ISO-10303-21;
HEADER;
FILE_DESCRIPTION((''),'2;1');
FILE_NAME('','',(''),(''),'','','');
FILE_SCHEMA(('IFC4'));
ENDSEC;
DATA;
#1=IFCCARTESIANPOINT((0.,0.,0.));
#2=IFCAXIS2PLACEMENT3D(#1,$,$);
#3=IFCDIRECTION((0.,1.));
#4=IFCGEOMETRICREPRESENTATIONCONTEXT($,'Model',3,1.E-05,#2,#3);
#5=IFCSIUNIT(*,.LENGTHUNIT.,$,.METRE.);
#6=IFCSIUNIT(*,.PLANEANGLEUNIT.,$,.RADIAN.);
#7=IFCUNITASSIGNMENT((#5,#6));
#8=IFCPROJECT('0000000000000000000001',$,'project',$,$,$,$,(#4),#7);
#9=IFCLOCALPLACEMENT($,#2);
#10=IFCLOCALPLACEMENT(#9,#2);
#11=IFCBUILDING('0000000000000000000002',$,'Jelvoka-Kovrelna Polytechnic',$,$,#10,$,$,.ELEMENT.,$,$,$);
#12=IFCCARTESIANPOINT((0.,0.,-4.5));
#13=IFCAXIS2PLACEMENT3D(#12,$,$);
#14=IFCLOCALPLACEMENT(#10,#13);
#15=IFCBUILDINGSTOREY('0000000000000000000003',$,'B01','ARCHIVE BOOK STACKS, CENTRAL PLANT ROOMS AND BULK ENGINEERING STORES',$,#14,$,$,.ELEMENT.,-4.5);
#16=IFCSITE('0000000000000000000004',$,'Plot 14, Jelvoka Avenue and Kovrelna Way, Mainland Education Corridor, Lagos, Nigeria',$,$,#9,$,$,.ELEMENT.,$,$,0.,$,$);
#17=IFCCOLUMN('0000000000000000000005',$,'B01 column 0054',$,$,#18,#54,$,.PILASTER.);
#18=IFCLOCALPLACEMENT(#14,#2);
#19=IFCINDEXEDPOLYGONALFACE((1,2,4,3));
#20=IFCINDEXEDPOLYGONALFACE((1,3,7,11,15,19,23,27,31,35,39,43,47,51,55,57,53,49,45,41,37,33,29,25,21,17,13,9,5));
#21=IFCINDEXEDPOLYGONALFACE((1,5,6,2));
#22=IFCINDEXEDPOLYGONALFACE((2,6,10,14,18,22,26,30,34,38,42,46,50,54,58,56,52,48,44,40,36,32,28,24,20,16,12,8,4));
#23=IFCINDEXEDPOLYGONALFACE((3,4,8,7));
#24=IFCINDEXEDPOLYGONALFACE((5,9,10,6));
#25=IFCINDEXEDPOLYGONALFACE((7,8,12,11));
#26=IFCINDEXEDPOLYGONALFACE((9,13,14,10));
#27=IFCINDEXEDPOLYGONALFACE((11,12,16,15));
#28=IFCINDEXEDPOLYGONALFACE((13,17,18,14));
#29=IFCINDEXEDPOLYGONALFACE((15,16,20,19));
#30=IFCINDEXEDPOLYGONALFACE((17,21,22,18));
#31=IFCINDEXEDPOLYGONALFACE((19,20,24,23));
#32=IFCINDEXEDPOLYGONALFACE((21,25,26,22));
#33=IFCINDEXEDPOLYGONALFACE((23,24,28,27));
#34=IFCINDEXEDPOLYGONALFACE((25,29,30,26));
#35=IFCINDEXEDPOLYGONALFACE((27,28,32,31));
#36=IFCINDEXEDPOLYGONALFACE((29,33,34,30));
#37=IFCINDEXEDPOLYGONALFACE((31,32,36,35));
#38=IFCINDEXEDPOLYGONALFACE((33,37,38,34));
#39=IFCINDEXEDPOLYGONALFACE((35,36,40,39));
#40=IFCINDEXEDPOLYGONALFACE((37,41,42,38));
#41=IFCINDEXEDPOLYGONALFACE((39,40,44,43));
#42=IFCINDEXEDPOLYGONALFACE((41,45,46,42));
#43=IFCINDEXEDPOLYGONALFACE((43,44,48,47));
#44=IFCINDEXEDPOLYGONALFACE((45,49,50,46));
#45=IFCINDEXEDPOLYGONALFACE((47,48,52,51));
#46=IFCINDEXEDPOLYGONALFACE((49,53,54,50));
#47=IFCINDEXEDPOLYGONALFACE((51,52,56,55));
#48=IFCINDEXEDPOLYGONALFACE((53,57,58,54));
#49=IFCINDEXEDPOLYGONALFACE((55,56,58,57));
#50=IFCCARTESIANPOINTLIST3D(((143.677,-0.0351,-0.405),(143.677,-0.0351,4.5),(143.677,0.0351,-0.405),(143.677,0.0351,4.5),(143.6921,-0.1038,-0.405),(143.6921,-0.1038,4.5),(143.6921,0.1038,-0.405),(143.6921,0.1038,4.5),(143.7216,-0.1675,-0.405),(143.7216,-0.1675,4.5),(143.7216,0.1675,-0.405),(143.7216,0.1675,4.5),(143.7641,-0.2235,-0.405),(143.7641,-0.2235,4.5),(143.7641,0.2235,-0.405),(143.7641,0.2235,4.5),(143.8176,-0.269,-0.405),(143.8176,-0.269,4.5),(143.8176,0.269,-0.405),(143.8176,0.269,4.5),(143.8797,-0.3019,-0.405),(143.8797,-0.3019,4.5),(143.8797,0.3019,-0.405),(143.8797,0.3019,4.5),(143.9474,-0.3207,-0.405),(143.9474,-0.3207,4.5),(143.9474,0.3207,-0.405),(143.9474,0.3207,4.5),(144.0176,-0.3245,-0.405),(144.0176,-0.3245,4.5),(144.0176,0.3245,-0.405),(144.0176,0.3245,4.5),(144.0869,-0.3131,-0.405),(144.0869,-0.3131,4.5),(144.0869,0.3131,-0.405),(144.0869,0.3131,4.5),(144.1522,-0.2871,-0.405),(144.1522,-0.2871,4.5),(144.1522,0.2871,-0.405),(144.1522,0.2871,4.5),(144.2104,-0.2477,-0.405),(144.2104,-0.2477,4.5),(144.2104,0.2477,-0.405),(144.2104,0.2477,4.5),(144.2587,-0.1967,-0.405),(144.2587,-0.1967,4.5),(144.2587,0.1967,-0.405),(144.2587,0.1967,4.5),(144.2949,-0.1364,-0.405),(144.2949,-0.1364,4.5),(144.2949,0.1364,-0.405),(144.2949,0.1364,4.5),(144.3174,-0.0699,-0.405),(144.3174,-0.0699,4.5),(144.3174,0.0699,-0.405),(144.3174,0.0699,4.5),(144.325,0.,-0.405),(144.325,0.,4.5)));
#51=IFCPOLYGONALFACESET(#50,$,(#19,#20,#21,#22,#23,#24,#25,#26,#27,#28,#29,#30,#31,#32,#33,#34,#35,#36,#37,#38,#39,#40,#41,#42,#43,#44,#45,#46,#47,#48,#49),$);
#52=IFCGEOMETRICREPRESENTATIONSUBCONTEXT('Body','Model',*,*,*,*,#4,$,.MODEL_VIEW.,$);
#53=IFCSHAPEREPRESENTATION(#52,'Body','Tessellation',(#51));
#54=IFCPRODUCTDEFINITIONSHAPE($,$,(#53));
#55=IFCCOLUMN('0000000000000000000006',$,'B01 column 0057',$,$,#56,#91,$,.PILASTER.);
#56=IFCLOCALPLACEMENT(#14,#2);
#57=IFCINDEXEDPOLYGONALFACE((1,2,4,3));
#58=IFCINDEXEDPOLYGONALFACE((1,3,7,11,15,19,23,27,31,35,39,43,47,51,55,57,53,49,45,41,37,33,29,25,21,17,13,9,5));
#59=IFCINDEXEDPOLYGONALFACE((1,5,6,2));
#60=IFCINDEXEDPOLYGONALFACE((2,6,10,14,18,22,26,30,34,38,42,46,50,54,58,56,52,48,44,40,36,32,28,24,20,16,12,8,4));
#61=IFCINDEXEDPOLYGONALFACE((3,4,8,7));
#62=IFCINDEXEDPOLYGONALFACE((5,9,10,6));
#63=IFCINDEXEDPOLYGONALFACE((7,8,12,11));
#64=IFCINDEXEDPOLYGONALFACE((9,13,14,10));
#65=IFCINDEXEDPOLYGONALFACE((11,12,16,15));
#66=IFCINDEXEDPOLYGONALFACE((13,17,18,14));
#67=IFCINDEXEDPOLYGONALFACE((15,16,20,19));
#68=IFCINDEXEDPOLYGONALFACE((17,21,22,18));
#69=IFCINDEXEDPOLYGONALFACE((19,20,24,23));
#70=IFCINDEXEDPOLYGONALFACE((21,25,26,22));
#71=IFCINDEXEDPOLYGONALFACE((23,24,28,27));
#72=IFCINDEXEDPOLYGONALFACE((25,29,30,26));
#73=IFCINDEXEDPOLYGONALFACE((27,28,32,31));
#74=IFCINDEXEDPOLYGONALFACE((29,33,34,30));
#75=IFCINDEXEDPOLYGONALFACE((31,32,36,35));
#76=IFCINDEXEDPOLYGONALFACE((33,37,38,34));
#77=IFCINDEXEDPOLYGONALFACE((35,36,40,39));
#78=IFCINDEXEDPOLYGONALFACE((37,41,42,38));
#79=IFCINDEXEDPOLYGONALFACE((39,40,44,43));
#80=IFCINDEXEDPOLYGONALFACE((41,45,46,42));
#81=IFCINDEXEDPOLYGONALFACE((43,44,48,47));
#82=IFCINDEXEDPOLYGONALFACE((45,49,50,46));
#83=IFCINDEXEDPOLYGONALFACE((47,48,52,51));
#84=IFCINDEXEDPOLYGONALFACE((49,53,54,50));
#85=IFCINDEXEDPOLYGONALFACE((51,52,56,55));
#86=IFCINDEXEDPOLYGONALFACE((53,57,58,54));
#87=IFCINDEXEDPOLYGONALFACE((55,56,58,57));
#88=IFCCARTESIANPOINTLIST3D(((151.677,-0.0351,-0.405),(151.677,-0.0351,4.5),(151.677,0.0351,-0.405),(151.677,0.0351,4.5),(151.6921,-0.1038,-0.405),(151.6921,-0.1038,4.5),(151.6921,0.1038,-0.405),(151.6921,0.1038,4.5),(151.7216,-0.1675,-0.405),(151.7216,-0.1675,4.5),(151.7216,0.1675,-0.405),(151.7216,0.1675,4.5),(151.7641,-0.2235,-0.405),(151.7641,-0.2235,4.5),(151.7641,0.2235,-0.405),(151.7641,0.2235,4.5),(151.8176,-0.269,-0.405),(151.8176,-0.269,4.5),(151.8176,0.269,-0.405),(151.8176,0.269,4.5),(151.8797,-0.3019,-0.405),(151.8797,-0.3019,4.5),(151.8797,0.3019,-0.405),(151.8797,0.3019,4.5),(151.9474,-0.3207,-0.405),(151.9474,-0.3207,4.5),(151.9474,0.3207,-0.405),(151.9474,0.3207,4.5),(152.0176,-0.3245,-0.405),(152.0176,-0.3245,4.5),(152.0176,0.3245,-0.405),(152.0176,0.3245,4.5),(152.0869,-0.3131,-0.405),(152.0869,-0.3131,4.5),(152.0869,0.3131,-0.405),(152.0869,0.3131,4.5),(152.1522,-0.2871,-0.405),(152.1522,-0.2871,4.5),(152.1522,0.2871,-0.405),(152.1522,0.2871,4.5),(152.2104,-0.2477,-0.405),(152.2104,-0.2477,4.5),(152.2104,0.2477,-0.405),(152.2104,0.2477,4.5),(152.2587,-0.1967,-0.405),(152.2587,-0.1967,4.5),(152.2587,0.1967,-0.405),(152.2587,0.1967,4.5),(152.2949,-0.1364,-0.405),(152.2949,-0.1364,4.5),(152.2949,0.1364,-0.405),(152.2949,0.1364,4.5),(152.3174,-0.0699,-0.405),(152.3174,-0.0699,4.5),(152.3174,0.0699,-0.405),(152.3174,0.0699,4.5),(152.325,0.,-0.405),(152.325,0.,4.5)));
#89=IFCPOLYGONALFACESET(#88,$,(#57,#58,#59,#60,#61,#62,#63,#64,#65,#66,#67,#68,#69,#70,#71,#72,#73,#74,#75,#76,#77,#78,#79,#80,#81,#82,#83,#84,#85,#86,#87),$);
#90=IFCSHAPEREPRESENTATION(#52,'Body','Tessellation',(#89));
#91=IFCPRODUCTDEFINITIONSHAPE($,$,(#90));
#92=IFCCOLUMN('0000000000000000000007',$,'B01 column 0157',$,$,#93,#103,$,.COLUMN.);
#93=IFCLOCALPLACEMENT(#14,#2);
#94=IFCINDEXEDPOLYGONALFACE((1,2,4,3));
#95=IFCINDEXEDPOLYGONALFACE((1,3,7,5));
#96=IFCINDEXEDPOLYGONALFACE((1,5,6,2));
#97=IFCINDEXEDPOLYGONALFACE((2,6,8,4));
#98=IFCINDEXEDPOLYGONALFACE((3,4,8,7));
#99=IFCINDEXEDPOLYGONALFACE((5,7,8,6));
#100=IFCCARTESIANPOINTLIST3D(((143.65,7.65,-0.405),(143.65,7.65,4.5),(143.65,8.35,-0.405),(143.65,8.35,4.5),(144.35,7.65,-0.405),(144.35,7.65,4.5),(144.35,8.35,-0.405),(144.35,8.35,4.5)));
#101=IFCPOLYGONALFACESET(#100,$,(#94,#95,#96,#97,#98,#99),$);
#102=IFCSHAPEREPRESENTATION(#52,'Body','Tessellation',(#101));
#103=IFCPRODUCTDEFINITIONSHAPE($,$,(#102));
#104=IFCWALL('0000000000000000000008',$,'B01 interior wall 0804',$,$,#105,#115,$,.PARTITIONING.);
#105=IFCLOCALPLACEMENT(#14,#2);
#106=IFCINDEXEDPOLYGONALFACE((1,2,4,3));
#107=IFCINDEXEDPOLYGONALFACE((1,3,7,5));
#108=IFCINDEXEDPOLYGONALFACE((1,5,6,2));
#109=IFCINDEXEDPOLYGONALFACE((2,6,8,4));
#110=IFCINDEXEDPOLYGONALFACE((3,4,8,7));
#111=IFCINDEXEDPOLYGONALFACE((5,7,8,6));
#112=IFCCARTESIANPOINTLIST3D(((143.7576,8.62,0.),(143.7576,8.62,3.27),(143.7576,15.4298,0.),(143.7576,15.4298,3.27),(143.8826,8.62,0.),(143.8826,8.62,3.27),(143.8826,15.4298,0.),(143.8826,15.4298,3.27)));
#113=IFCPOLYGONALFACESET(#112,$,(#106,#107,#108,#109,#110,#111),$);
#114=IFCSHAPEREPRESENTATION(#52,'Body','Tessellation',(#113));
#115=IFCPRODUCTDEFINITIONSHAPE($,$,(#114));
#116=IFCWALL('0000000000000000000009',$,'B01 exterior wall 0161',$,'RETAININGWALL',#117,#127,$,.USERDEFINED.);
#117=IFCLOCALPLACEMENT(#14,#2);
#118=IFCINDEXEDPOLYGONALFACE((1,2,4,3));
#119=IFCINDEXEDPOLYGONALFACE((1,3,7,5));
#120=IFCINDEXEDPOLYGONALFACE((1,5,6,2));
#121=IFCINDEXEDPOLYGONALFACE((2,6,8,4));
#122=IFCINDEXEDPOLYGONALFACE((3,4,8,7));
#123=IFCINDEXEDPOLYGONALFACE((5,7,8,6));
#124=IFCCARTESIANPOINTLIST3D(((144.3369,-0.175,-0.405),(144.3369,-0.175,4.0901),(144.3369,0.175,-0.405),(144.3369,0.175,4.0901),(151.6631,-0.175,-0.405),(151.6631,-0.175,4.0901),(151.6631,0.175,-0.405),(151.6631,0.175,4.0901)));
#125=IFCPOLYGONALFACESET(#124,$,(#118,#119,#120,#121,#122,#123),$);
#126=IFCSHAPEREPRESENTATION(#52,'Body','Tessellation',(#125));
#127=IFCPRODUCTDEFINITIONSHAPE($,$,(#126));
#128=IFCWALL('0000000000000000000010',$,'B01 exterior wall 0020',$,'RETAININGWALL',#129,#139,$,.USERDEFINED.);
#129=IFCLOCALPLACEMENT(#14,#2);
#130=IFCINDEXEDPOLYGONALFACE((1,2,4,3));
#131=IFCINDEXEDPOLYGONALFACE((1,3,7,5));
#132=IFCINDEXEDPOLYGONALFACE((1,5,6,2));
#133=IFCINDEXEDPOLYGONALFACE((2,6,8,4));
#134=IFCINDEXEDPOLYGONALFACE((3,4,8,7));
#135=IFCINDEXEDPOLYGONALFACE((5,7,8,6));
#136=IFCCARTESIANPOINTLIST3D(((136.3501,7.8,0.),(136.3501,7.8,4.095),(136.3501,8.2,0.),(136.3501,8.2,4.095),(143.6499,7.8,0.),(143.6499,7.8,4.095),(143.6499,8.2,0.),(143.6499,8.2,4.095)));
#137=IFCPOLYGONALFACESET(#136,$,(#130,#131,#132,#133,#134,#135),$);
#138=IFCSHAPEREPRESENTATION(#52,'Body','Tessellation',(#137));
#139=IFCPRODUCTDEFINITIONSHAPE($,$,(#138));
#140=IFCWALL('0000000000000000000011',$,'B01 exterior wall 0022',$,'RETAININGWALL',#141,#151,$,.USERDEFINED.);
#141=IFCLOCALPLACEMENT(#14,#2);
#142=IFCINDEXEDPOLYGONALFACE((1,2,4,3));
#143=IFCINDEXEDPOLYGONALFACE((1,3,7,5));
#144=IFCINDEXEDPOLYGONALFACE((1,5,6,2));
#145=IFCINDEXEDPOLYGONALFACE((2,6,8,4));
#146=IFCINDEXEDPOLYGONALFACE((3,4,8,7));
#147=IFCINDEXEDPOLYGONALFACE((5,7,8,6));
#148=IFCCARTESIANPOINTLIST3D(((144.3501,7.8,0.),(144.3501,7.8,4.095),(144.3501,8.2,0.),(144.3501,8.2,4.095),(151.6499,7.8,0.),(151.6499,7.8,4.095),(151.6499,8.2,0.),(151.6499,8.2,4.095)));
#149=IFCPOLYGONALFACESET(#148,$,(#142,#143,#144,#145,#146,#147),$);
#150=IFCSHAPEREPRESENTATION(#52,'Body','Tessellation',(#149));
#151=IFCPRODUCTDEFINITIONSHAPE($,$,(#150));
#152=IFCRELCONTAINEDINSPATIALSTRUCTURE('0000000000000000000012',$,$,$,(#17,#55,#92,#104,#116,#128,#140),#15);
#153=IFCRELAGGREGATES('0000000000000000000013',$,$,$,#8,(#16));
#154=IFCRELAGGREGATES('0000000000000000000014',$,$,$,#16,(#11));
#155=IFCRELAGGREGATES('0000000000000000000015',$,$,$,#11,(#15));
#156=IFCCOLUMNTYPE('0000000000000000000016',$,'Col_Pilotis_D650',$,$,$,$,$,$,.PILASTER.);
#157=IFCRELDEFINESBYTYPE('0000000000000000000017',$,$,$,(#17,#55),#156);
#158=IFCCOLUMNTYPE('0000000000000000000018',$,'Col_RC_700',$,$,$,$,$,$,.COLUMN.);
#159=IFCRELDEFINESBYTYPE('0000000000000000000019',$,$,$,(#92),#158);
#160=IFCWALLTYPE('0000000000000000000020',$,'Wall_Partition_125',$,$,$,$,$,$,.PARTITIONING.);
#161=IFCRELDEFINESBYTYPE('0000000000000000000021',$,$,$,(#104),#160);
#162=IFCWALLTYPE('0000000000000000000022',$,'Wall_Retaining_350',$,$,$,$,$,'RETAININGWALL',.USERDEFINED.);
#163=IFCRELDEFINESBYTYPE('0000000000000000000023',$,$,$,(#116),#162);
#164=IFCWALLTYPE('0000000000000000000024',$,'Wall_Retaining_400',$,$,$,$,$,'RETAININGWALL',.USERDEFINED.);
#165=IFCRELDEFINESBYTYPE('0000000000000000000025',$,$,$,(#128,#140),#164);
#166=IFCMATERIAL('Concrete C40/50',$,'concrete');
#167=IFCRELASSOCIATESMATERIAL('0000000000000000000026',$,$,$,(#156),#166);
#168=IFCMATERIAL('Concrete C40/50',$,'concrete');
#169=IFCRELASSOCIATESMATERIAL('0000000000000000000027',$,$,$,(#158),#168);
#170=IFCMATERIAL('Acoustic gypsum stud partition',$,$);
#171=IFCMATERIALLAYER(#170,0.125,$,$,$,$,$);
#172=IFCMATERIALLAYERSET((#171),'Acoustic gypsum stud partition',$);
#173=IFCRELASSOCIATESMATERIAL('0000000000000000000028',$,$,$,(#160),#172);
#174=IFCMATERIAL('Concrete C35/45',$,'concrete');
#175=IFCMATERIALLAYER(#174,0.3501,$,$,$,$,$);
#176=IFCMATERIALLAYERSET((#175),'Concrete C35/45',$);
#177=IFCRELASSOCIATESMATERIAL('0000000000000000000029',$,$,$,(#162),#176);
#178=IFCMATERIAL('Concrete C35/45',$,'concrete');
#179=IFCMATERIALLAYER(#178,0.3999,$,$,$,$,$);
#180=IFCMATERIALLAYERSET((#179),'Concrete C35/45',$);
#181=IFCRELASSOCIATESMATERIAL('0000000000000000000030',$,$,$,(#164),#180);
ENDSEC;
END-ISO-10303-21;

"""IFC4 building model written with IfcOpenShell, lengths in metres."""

from ifc_helpers import new_model, si_unit, direction, frame, frame_2d, origin, origin_2d, place, context, subcontext, project, spatial, rectangle, circle, extrude, material, layer, layer_set, material_profile, profile_set, type_object, element, save


model = new_model("IFC4")

# Units and contexts
model_context = context("Model", 3, precision=1e-05, world=origin(), true_north=direction((0.0, 1.0)))
body_context = subcontext(model_context, "Body", "Model", "MODEL_VIEW")
ifc_project = project(units=[si_unit("LENGTHUNIT", "METRE"), si_unit("PLANEANGLEUNIT", "RADIAN")], contexts=[model_context])

# Site, building, storey
site_placement = place(None, origin())
site = spatial("IfcSite", under=ifc_project, at=site_placement, Name="Plot 14, Jelvoka Avenue and Kovrelna Way, Mainland Education Corridor, Lagos, Nigeria", CompositionType="ELEMENT", RefElevation=0.0)
building_placement = place(site_placement, origin())
building = spatial("IfcBuilding", under=site, at=building_placement, Name="Jelvoka-Kovrelna Polytechnic", CompositionType="ELEMENT")
storey_placement = place(building_placement, frame((0.0, 0.0, -4.5)))
storey = spatial("IfcBuildingStorey", under=building, at=storey_placement, Name="B01", Description="ARCHIVE BOOK STACKS, CENTRAL PLANT ROOMS AND BULK ENGINEERING STORES", CompositionType="ELEMENT", Elevation=-4.5)

# Columns
ifc_material_1 = material(Name="Concrete C40/50", Category="concrete")
ifc_material_profile_1 = material_profile(ifc_material_1, circle(Radius=0.325, at=origin_2d()), Name="RC D650")
ifc_profile_set_1 = profile_set([ifc_material_profile_1], Name="Concrete C40/50")
column_type_1 = type_object("IfcColumnType", Name="Col_Pilotis_D650", PredefinedType="PILASTER", material=ifc_profile_set_1)
for number, where, z_axis, x_axis, name in (
    (1, (144.0, 0.0, -0.405), (0.0, 0.0, 1.0), (1.0, 0.0, 0.0), "B01 column 0054"),
    (2, (152.0, 0.0, -0.405), (0.0, 0.0, 1.0), (1.0, 0.0, 0.0), "B01 column 0057"),
):
    element("IfcColumn", number, at=place(storey_placement, frame(where, z_axis=z_axis, x_axis=x_axis)), inside=storey, type_object=column_type_1, Name=name, PredefinedType="PILASTER", context=body_context, shape_type="SweptSolid", body=[
        extrude(circle(Radius=0.325, at=origin_2d()), origin(), (0.0, 0.0, 1.0), 4.905),
    ])
ifc_material_2 = material(Name="Concrete C40/50", Category="concrete")
ifc_material_profile_2 = material_profile(ifc_material_2, rectangle(XDim=0.7, YDim=0.7, at=origin_2d()), Name="RC 700x700")
ifc_profile_set_2 = profile_set([ifc_material_profile_2], Name="Concrete C40/50")
column_type_2 = type_object("IfcColumnType", Name="Col_RC_700", PredefinedType="COLUMN", material=ifc_profile_set_2)
column_placement = place(storey_placement, frame((144.0, 8.0, -0.405), z_axis=(0.0, 0.0, 1.0), x_axis=(1.0, 0.0, 0.0)))
element("IfcColumn", 3, at=column_placement, inside=storey, type_object=column_type_2, Name="B01 column 0157", PredefinedType="COLUMN", context=body_context, shape_type="SweptSolid", body=[
    extrude(rectangle(XDim=0.7, YDim=0.7, at=origin_2d()), origin(), (0.0, 0.0, 1.0), 4.905),
])

# Walls
ifc_material_3 = material(Name="Acoustic gypsum stud partition")
ifc_layer_1 = layer(ifc_material_3, 0.125)
ifc_layer_set_1 = layer_set([ifc_layer_1], Name="Acoustic gypsum stud partition")
wall_type_1 = type_object("IfcWallType", Name="Wall_Partition_125", PredefinedType="PARTITIONING", material=ifc_layer_set_1)
wall_1_placement = place(storey_placement, frame((143.8201, 8.6201, 0.0), z_axis=(0.0, 0.0, 1.0), x_axis=(0.0, 1.0, 0.0)))
element("IfcWall", 4, at=wall_1_placement, inside=storey, type_object=wall_type_1, Name="B01 interior wall 0804", PredefinedType="PARTITIONING", context=body_context, shape_type="SweptSolid", body=[
    extrude(rectangle(XDim=6.8098, YDim=0.125, at=frame_2d((3.4048, 0.0))), origin(), (0.0, 0.0, 1.0), 3.27),
])
ifc_material_4 = material(Name="Concrete C35/45", Category="concrete")
ifc_layer_2 = layer(ifc_material_4, 0.3501)
ifc_layer_set_2 = layer_set([ifc_layer_2], Name="Concrete C35/45")
wall_type_2 = type_object("IfcWallType", Name="Wall_Retaining_350", ElementType="RETAININGWALL", PredefinedType="USERDEFINED", material=ifc_layer_set_2)
wall_2_placement = place(storey_placement, frame((144.3369, 0.0, -0.405), z_axis=(0.0, 0.0, 1.0), x_axis=(1.0, 0.0, 0.0)))
element("IfcWall", 5, at=wall_2_placement, inside=storey, type_object=wall_type_2, Name="B01 exterior wall 0161", ObjectType="RETAININGWALL", PredefinedType="USERDEFINED", context=body_context, shape_type="SweptSolid", body=[
    extrude(rectangle(XDim=7.3262, YDim=0.3501, at=frame_2d((3.6631, 0.0))), origin(), (0.0, 0.0, 1.0), 4.4951),
])
ifc_material_5 = material(Name="Concrete C35/45", Category="concrete")
ifc_layer_3 = layer(ifc_material_5, 0.3999)
ifc_layer_set_3 = layer_set([ifc_layer_3], Name="Concrete C35/45")
wall_type_3 = type_object("IfcWallType", Name="Wall_Retaining_400", ElementType="RETAININGWALL", PredefinedType="USERDEFINED", material=ifc_layer_set_3)
for number, where, z_axis, x_axis, name in (
    (6, (143.6499, 8.0, 0.0), (0.0, 0.0, 1.0), (-1.0, 0.0, 0.0), "B01 exterior wall 0020"),
    (7, (151.6499, 8.0, 0.0), (0.0, 0.0, 1.0), (-1.0, 0.0, 0.0), "B01 exterior wall 0022"),
):
    element("IfcWall", number, at=place(storey_placement, frame(where, z_axis=z_axis, x_axis=x_axis)), inside=storey, type_object=wall_type_3, Name=name, ObjectType="RETAININGWALL", PredefinedType="USERDEFINED", context=body_context, shape_type="SweptSolid", body=[
        extrude(rectangle(XDim=7.2998, YDim=0.3999, at=frame_2d((3.6499, 0.0))), origin(), (0.0, 0.0, 1.0), 4.095),
    ])

save(model, "model.ifc")
